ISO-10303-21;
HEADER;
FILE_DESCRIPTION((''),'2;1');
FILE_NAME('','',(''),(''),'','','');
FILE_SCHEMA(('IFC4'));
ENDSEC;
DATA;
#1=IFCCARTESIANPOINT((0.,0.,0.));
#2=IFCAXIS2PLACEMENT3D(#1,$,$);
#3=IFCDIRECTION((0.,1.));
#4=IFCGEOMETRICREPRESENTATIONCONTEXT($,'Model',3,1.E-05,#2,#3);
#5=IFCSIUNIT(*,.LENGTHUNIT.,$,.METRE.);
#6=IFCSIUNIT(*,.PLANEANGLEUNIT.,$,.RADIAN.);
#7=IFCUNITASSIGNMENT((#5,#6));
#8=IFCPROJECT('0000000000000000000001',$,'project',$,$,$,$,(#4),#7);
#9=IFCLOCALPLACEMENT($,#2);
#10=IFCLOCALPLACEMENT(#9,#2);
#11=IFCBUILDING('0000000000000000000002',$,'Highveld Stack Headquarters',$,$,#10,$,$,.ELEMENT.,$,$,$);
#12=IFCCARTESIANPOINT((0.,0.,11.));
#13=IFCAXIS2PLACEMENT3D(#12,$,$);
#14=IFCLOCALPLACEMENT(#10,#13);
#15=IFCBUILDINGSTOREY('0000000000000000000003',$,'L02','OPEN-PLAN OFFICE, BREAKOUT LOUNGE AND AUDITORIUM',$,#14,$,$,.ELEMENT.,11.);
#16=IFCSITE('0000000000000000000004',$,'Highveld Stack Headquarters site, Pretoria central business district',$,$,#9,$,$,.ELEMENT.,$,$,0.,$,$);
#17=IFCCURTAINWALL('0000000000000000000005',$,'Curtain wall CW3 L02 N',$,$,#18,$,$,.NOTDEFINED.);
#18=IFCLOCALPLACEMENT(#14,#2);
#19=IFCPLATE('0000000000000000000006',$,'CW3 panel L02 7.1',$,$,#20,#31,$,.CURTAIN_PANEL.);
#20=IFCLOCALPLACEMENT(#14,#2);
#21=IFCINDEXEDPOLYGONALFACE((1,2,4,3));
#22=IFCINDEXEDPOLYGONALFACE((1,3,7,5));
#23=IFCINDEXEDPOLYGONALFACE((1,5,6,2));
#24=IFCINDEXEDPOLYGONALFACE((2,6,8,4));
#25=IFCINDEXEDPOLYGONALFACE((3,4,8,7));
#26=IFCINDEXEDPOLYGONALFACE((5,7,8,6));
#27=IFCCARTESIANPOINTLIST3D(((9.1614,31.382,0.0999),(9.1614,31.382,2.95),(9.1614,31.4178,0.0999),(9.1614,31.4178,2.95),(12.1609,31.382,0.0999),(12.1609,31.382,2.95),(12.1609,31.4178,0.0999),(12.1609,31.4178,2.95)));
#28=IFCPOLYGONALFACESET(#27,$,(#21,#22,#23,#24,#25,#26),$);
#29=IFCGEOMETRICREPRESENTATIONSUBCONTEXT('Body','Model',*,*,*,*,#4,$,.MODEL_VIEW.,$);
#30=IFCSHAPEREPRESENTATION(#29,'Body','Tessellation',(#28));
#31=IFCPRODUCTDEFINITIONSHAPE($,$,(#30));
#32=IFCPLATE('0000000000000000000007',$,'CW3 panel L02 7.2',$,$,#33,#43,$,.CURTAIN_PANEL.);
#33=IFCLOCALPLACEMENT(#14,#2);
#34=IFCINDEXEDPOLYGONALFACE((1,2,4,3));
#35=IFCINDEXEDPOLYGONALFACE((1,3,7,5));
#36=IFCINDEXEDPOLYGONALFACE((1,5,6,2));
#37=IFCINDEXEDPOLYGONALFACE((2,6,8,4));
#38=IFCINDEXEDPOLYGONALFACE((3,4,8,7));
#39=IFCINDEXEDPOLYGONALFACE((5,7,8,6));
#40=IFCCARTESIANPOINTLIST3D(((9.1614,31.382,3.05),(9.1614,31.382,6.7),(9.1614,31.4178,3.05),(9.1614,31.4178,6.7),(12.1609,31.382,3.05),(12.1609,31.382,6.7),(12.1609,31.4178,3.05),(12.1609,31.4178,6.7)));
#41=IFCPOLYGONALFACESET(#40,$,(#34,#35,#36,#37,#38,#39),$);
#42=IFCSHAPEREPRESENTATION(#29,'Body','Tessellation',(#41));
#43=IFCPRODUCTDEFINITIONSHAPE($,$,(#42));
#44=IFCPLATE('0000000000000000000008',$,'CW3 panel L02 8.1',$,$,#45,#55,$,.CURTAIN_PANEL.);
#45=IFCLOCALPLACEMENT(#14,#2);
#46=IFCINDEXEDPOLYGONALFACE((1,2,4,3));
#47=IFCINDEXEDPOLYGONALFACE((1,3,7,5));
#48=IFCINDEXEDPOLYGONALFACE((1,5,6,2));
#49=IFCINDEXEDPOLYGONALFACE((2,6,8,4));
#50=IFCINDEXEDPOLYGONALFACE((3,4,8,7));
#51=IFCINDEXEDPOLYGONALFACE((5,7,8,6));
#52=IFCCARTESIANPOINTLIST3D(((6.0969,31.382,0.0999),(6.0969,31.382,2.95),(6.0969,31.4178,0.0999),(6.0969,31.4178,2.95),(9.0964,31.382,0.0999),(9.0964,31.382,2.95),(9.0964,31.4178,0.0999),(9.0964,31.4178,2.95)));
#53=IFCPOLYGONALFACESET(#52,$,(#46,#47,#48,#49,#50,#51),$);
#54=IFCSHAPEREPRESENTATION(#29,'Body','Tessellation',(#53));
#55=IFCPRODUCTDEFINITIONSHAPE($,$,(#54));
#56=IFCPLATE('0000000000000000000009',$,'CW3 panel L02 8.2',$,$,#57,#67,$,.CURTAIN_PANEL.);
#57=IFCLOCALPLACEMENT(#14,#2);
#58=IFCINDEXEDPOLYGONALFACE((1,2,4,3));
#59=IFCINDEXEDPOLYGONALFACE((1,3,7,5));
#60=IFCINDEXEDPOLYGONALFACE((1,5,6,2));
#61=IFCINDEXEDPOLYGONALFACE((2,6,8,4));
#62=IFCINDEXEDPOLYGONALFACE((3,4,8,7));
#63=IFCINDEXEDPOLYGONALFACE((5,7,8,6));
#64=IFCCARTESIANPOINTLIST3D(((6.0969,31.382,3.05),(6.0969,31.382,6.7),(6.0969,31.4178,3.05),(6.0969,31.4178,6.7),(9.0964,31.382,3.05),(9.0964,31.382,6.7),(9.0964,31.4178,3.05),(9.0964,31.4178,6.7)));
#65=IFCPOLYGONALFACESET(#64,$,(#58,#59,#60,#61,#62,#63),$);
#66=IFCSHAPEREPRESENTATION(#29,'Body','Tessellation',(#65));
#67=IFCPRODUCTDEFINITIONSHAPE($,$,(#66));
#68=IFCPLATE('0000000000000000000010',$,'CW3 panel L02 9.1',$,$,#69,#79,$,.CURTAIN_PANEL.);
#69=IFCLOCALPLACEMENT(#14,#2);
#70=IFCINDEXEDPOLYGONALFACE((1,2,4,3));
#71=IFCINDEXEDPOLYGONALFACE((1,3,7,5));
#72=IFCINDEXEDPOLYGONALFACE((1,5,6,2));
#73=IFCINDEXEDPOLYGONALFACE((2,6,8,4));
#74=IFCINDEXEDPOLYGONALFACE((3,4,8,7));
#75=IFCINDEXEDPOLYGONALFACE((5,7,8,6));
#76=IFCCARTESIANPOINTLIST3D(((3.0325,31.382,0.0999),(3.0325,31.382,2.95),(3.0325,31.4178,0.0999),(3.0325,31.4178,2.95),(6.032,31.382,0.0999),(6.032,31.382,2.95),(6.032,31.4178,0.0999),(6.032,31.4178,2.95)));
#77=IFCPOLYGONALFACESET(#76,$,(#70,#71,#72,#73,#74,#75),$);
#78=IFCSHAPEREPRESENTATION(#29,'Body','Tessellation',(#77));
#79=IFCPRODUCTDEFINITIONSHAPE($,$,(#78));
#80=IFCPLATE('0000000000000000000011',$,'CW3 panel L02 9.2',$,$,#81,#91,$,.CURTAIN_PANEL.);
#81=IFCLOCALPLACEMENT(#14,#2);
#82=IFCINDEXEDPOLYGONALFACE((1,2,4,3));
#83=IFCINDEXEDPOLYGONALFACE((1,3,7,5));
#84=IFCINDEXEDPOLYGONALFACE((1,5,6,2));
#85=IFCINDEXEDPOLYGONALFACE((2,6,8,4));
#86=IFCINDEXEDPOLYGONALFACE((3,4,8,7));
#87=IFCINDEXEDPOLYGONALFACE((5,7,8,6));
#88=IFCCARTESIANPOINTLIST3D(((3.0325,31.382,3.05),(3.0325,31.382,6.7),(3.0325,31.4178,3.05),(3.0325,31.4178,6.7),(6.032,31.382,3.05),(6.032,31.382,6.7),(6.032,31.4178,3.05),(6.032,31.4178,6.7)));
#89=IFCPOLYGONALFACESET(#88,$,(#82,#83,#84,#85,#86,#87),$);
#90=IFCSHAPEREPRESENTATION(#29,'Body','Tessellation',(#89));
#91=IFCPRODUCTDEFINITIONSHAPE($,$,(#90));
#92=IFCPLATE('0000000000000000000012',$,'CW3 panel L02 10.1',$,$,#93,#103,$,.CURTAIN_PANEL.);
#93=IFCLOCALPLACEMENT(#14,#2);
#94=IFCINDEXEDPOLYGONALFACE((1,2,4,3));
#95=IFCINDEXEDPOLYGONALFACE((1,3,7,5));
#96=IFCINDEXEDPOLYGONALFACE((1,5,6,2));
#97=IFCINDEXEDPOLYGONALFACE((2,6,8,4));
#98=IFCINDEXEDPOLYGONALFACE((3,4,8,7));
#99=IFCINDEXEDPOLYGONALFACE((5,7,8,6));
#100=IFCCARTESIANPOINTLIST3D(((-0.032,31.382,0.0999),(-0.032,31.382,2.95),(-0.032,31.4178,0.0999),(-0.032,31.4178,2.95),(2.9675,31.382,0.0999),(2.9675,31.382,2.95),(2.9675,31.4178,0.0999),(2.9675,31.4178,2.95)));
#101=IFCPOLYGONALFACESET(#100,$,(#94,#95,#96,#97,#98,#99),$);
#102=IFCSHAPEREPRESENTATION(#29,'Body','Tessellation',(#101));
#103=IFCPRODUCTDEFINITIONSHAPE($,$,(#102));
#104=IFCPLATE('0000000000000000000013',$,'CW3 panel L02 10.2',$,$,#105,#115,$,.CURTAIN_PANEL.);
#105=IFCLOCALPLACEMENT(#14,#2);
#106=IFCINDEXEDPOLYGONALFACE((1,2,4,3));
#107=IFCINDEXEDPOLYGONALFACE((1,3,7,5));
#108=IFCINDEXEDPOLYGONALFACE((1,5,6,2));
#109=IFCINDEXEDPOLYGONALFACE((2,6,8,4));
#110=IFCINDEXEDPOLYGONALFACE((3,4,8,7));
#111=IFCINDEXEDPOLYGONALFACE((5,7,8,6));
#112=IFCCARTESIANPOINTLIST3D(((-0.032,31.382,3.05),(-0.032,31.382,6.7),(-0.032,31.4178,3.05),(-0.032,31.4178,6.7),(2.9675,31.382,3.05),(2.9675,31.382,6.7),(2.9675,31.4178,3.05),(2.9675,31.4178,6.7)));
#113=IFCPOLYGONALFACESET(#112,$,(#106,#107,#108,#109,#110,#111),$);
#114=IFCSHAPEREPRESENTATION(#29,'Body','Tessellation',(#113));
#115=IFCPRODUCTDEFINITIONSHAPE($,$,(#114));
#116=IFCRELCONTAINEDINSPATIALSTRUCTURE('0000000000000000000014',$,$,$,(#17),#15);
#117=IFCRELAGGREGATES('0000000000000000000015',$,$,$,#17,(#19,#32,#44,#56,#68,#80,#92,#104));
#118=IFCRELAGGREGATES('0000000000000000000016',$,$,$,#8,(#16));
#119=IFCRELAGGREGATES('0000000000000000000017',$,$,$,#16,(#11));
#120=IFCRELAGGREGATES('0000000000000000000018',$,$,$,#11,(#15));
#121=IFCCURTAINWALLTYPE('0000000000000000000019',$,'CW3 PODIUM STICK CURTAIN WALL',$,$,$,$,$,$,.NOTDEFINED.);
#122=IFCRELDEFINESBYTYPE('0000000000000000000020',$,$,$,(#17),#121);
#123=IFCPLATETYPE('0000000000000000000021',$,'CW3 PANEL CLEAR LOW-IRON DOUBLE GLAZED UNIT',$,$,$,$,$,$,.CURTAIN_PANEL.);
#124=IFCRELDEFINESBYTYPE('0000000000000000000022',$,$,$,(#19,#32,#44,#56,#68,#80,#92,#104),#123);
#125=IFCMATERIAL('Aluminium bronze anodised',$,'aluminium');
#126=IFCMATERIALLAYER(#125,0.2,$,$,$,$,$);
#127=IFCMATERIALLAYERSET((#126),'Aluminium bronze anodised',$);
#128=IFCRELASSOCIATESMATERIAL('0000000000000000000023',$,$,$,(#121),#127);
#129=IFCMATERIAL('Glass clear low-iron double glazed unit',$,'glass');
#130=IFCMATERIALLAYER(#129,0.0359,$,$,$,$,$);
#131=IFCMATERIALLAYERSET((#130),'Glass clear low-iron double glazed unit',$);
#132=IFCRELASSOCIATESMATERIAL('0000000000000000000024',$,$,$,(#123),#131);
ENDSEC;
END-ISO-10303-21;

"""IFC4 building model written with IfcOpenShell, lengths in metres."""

from ifc_helpers import new_model, si_unit, direction, frame, origin, origin_2d, place, context, subcontext, project, spatial, rectangle, extrude, material, layer, layer_set, type_object, element, aggregate, save


model = new_model("IFC4")

# Units and contexts
model_context = context("Model", 3, precision=1e-05, world=origin(), true_north=direction((0.0, 1.0)))
body_context = subcontext(model_context, "Body", "Model", "MODEL_VIEW")
ifc_project = project(units=[si_unit("LENGTHUNIT", "METRE"), si_unit("PLANEANGLEUNIT", "RADIAN")], contexts=[model_context])

# Site, building, storey
site_placement = place(None, origin())
site = spatial("IfcSite", under=ifc_project, at=site_placement, Name="Highveld Stack Headquarters site, Pretoria central business district", CompositionType="ELEMENT", RefElevation=0.0)
building_placement = place(site_placement, origin())
building = spatial("IfcBuilding", under=site, at=building_placement, Name="Highveld Stack Headquarters", CompositionType="ELEMENT")
storey_placement = place(building_placement, frame((0.0, 0.0, 11.0)))
storey = spatial("IfcBuildingStorey", under=building, at=storey_placement, Name="L02", Description="OPEN-PLAN OFFICE, BREAKOUT LOUNGE AND AUDITORIUM", CompositionType="ELEMENT", Elevation=11.0)

# Curtain wall, plates
ifc_material_1 = material(Name="Aluminium bronze anodised", Category="aluminium")
ifc_layer_1 = layer(ifc_material_1, 0.2)
ifc_layer_set_1 = layer_set([ifc_layer_1], Name="Aluminium bronze anodised")
curtain_wall_type = type_object("IfcCurtainWallType", Name="CW3 PODIUM STICK CURTAIN WALL", PredefinedType="NOTDEFINED", material=ifc_layer_set_1)
curtain_wall_placement = place(storey_placement, origin())
curtain_wall = element("IfcCurtainWall", 1, at=curtain_wall_placement, inside=storey, type_object=curtain_wall_type, Name="Curtain wall CW3 L02 N", PredefinedType="NOTDEFINED")
ifc_material_2 = material(Name="Glass clear low-iron double glazed unit", Category="glass")
ifc_layer_2 = layer(ifc_material_2, 0.0359)
ifc_layer_set_2 = layer_set([ifc_layer_2], Name="Glass clear low-iron double glazed unit")
plate_type = type_object("IfcPlateType", Name="CW3 PANEL CLEAR LOW-IRON DOUBLE GLAZED UNIT", PredefinedType="CURTAIN_PANEL", material=ifc_layer_set_2)
plate_1_placement = place(storey_placement, frame((10.6611, 31.3999, 0.0999), z_axis=(0.0, 0.0, 1.0), x_axis=(-1.0, 0.0, 0.0)))
plate_1 = element("IfcPlate", 2, at=plate_1_placement, type_object=plate_type, Name="CW3 panel L02 7.1", PredefinedType="CURTAIN_PANEL", context=body_context, shape_type="SweptSolid", body=[
    extrude(rectangle(XDim=2.9995, YDim=0.0359, at=origin_2d()), origin(), (0.0, 0.0, 1.0), 2.8501),
])
plate_2_placement = place(storey_placement, frame((10.6611, 31.3999, 3.05), z_axis=(0.0, 0.0, 1.0), x_axis=(-1.0, 0.0, 0.0)))
plate_2 = element("IfcPlate", 3, at=plate_2_placement, type_object=plate_type, Name="CW3 panel L02 7.2", PredefinedType="CURTAIN_PANEL", context=body_context, shape_type="SweptSolid", body=[
    extrude(rectangle(XDim=2.9995, YDim=0.0359, at=origin_2d()), origin(), (0.0, 0.0, 1.0), 3.6499),
])
plate_3_placement = place(storey_placement, frame((7.5967, 31.3999, 0.0999), z_axis=(0.0, 0.0, 1.0), x_axis=(-1.0, 0.0, 0.0)))
plate_3 = element("IfcPlate", 4, at=plate_3_placement, type_object=plate_type, Name="CW3 panel L02 8.1", PredefinedType="CURTAIN_PANEL", context=body_context, shape_type="SweptSolid", body=[
    extrude(rectangle(XDim=2.9995, YDim=0.0359, at=origin_2d()), origin(), (0.0, 0.0, 1.0), 2.8501),
])
plate_4_placement = place(storey_placement, frame((7.5967, 31.3999, 3.05), z_axis=(0.0, 0.0, 1.0), x_axis=(-1.0, 0.0, 0.0)))
plate_4 = element("IfcPlate", 5, at=plate_4_placement, type_object=plate_type, Name="CW3 panel L02 8.2", PredefinedType="CURTAIN_PANEL", context=body_context, shape_type="SweptSolid", body=[
    extrude(rectangle(XDim=2.9995, YDim=0.0359, at=origin_2d()), origin(), (0.0, 0.0, 1.0), 3.6499),
])
plate_5_placement = place(storey_placement, frame((4.5322, 31.3999, 0.0999), z_axis=(0.0, 0.0, 1.0), x_axis=(-1.0, 0.0, 0.0)))
plate_5 = element("IfcPlate", 6, at=plate_5_placement, type_object=plate_type, Name="CW3 panel L02 9.1", PredefinedType="CURTAIN_PANEL", context=body_context, shape_type="SweptSolid", body=[
    extrude(rectangle(XDim=2.9995, YDim=0.0359, at=origin_2d()), origin(), (0.0, 0.0, 1.0), 2.8501),
])
plate_6_placement = place(storey_placement, frame((4.5322, 31.3999, 3.05), z_axis=(0.0, 0.0, 1.0), x_axis=(-1.0, 0.0, 0.0)))
plate_6 = element("IfcPlate", 7, at=plate_6_placement, type_object=plate_type, Name="CW3 panel L02 9.2", PredefinedType="CURTAIN_PANEL", context=body_context, shape_type="SweptSolid", body=[
    extrude(rectangle(XDim=2.9995, YDim=0.0359, at=origin_2d()), origin(), (0.0, 0.0, 1.0), 3.6499),
])
plate_7_placement = place(storey_placement, frame((1.4678, 31.3999, 0.0999), z_axis=(0.0, 0.0, 1.0), x_axis=(-1.0, 0.0, 0.0)))
plate_7 = element("IfcPlate", 8, at=plate_7_placement, type_object=plate_type, Name="CW3 panel L02 10.1", PredefinedType="CURTAIN_PANEL", context=body_context, shape_type="SweptSolid", body=[
    extrude(rectangle(XDim=2.9995, YDim=0.0359, at=origin_2d()), origin(), (0.0, 0.0, 1.0), 2.8501),
])
plate_8_placement = place(storey_placement, frame((1.4678, 31.3999, 3.05), z_axis=(0.0, 0.0, 1.0), x_axis=(-1.0, 0.0, 0.0)))
plate_8 = element("IfcPlate", 9, at=plate_8_placement, type_object=plate_type, Name="CW3 panel L02 10.2", PredefinedType="CURTAIN_PANEL", context=body_context, shape_type="SweptSolid", body=[
    extrude(rectangle(XDim=2.9995, YDim=0.0359, at=origin_2d()), origin(), (0.0, 0.0, 1.0), 3.6499),
])
aggregate(curtain_wall, [plate_1, plate_2, plate_3, plate_4, plate_5, plate_6, plate_7, plate_8])

save(model, "model.ifc")
